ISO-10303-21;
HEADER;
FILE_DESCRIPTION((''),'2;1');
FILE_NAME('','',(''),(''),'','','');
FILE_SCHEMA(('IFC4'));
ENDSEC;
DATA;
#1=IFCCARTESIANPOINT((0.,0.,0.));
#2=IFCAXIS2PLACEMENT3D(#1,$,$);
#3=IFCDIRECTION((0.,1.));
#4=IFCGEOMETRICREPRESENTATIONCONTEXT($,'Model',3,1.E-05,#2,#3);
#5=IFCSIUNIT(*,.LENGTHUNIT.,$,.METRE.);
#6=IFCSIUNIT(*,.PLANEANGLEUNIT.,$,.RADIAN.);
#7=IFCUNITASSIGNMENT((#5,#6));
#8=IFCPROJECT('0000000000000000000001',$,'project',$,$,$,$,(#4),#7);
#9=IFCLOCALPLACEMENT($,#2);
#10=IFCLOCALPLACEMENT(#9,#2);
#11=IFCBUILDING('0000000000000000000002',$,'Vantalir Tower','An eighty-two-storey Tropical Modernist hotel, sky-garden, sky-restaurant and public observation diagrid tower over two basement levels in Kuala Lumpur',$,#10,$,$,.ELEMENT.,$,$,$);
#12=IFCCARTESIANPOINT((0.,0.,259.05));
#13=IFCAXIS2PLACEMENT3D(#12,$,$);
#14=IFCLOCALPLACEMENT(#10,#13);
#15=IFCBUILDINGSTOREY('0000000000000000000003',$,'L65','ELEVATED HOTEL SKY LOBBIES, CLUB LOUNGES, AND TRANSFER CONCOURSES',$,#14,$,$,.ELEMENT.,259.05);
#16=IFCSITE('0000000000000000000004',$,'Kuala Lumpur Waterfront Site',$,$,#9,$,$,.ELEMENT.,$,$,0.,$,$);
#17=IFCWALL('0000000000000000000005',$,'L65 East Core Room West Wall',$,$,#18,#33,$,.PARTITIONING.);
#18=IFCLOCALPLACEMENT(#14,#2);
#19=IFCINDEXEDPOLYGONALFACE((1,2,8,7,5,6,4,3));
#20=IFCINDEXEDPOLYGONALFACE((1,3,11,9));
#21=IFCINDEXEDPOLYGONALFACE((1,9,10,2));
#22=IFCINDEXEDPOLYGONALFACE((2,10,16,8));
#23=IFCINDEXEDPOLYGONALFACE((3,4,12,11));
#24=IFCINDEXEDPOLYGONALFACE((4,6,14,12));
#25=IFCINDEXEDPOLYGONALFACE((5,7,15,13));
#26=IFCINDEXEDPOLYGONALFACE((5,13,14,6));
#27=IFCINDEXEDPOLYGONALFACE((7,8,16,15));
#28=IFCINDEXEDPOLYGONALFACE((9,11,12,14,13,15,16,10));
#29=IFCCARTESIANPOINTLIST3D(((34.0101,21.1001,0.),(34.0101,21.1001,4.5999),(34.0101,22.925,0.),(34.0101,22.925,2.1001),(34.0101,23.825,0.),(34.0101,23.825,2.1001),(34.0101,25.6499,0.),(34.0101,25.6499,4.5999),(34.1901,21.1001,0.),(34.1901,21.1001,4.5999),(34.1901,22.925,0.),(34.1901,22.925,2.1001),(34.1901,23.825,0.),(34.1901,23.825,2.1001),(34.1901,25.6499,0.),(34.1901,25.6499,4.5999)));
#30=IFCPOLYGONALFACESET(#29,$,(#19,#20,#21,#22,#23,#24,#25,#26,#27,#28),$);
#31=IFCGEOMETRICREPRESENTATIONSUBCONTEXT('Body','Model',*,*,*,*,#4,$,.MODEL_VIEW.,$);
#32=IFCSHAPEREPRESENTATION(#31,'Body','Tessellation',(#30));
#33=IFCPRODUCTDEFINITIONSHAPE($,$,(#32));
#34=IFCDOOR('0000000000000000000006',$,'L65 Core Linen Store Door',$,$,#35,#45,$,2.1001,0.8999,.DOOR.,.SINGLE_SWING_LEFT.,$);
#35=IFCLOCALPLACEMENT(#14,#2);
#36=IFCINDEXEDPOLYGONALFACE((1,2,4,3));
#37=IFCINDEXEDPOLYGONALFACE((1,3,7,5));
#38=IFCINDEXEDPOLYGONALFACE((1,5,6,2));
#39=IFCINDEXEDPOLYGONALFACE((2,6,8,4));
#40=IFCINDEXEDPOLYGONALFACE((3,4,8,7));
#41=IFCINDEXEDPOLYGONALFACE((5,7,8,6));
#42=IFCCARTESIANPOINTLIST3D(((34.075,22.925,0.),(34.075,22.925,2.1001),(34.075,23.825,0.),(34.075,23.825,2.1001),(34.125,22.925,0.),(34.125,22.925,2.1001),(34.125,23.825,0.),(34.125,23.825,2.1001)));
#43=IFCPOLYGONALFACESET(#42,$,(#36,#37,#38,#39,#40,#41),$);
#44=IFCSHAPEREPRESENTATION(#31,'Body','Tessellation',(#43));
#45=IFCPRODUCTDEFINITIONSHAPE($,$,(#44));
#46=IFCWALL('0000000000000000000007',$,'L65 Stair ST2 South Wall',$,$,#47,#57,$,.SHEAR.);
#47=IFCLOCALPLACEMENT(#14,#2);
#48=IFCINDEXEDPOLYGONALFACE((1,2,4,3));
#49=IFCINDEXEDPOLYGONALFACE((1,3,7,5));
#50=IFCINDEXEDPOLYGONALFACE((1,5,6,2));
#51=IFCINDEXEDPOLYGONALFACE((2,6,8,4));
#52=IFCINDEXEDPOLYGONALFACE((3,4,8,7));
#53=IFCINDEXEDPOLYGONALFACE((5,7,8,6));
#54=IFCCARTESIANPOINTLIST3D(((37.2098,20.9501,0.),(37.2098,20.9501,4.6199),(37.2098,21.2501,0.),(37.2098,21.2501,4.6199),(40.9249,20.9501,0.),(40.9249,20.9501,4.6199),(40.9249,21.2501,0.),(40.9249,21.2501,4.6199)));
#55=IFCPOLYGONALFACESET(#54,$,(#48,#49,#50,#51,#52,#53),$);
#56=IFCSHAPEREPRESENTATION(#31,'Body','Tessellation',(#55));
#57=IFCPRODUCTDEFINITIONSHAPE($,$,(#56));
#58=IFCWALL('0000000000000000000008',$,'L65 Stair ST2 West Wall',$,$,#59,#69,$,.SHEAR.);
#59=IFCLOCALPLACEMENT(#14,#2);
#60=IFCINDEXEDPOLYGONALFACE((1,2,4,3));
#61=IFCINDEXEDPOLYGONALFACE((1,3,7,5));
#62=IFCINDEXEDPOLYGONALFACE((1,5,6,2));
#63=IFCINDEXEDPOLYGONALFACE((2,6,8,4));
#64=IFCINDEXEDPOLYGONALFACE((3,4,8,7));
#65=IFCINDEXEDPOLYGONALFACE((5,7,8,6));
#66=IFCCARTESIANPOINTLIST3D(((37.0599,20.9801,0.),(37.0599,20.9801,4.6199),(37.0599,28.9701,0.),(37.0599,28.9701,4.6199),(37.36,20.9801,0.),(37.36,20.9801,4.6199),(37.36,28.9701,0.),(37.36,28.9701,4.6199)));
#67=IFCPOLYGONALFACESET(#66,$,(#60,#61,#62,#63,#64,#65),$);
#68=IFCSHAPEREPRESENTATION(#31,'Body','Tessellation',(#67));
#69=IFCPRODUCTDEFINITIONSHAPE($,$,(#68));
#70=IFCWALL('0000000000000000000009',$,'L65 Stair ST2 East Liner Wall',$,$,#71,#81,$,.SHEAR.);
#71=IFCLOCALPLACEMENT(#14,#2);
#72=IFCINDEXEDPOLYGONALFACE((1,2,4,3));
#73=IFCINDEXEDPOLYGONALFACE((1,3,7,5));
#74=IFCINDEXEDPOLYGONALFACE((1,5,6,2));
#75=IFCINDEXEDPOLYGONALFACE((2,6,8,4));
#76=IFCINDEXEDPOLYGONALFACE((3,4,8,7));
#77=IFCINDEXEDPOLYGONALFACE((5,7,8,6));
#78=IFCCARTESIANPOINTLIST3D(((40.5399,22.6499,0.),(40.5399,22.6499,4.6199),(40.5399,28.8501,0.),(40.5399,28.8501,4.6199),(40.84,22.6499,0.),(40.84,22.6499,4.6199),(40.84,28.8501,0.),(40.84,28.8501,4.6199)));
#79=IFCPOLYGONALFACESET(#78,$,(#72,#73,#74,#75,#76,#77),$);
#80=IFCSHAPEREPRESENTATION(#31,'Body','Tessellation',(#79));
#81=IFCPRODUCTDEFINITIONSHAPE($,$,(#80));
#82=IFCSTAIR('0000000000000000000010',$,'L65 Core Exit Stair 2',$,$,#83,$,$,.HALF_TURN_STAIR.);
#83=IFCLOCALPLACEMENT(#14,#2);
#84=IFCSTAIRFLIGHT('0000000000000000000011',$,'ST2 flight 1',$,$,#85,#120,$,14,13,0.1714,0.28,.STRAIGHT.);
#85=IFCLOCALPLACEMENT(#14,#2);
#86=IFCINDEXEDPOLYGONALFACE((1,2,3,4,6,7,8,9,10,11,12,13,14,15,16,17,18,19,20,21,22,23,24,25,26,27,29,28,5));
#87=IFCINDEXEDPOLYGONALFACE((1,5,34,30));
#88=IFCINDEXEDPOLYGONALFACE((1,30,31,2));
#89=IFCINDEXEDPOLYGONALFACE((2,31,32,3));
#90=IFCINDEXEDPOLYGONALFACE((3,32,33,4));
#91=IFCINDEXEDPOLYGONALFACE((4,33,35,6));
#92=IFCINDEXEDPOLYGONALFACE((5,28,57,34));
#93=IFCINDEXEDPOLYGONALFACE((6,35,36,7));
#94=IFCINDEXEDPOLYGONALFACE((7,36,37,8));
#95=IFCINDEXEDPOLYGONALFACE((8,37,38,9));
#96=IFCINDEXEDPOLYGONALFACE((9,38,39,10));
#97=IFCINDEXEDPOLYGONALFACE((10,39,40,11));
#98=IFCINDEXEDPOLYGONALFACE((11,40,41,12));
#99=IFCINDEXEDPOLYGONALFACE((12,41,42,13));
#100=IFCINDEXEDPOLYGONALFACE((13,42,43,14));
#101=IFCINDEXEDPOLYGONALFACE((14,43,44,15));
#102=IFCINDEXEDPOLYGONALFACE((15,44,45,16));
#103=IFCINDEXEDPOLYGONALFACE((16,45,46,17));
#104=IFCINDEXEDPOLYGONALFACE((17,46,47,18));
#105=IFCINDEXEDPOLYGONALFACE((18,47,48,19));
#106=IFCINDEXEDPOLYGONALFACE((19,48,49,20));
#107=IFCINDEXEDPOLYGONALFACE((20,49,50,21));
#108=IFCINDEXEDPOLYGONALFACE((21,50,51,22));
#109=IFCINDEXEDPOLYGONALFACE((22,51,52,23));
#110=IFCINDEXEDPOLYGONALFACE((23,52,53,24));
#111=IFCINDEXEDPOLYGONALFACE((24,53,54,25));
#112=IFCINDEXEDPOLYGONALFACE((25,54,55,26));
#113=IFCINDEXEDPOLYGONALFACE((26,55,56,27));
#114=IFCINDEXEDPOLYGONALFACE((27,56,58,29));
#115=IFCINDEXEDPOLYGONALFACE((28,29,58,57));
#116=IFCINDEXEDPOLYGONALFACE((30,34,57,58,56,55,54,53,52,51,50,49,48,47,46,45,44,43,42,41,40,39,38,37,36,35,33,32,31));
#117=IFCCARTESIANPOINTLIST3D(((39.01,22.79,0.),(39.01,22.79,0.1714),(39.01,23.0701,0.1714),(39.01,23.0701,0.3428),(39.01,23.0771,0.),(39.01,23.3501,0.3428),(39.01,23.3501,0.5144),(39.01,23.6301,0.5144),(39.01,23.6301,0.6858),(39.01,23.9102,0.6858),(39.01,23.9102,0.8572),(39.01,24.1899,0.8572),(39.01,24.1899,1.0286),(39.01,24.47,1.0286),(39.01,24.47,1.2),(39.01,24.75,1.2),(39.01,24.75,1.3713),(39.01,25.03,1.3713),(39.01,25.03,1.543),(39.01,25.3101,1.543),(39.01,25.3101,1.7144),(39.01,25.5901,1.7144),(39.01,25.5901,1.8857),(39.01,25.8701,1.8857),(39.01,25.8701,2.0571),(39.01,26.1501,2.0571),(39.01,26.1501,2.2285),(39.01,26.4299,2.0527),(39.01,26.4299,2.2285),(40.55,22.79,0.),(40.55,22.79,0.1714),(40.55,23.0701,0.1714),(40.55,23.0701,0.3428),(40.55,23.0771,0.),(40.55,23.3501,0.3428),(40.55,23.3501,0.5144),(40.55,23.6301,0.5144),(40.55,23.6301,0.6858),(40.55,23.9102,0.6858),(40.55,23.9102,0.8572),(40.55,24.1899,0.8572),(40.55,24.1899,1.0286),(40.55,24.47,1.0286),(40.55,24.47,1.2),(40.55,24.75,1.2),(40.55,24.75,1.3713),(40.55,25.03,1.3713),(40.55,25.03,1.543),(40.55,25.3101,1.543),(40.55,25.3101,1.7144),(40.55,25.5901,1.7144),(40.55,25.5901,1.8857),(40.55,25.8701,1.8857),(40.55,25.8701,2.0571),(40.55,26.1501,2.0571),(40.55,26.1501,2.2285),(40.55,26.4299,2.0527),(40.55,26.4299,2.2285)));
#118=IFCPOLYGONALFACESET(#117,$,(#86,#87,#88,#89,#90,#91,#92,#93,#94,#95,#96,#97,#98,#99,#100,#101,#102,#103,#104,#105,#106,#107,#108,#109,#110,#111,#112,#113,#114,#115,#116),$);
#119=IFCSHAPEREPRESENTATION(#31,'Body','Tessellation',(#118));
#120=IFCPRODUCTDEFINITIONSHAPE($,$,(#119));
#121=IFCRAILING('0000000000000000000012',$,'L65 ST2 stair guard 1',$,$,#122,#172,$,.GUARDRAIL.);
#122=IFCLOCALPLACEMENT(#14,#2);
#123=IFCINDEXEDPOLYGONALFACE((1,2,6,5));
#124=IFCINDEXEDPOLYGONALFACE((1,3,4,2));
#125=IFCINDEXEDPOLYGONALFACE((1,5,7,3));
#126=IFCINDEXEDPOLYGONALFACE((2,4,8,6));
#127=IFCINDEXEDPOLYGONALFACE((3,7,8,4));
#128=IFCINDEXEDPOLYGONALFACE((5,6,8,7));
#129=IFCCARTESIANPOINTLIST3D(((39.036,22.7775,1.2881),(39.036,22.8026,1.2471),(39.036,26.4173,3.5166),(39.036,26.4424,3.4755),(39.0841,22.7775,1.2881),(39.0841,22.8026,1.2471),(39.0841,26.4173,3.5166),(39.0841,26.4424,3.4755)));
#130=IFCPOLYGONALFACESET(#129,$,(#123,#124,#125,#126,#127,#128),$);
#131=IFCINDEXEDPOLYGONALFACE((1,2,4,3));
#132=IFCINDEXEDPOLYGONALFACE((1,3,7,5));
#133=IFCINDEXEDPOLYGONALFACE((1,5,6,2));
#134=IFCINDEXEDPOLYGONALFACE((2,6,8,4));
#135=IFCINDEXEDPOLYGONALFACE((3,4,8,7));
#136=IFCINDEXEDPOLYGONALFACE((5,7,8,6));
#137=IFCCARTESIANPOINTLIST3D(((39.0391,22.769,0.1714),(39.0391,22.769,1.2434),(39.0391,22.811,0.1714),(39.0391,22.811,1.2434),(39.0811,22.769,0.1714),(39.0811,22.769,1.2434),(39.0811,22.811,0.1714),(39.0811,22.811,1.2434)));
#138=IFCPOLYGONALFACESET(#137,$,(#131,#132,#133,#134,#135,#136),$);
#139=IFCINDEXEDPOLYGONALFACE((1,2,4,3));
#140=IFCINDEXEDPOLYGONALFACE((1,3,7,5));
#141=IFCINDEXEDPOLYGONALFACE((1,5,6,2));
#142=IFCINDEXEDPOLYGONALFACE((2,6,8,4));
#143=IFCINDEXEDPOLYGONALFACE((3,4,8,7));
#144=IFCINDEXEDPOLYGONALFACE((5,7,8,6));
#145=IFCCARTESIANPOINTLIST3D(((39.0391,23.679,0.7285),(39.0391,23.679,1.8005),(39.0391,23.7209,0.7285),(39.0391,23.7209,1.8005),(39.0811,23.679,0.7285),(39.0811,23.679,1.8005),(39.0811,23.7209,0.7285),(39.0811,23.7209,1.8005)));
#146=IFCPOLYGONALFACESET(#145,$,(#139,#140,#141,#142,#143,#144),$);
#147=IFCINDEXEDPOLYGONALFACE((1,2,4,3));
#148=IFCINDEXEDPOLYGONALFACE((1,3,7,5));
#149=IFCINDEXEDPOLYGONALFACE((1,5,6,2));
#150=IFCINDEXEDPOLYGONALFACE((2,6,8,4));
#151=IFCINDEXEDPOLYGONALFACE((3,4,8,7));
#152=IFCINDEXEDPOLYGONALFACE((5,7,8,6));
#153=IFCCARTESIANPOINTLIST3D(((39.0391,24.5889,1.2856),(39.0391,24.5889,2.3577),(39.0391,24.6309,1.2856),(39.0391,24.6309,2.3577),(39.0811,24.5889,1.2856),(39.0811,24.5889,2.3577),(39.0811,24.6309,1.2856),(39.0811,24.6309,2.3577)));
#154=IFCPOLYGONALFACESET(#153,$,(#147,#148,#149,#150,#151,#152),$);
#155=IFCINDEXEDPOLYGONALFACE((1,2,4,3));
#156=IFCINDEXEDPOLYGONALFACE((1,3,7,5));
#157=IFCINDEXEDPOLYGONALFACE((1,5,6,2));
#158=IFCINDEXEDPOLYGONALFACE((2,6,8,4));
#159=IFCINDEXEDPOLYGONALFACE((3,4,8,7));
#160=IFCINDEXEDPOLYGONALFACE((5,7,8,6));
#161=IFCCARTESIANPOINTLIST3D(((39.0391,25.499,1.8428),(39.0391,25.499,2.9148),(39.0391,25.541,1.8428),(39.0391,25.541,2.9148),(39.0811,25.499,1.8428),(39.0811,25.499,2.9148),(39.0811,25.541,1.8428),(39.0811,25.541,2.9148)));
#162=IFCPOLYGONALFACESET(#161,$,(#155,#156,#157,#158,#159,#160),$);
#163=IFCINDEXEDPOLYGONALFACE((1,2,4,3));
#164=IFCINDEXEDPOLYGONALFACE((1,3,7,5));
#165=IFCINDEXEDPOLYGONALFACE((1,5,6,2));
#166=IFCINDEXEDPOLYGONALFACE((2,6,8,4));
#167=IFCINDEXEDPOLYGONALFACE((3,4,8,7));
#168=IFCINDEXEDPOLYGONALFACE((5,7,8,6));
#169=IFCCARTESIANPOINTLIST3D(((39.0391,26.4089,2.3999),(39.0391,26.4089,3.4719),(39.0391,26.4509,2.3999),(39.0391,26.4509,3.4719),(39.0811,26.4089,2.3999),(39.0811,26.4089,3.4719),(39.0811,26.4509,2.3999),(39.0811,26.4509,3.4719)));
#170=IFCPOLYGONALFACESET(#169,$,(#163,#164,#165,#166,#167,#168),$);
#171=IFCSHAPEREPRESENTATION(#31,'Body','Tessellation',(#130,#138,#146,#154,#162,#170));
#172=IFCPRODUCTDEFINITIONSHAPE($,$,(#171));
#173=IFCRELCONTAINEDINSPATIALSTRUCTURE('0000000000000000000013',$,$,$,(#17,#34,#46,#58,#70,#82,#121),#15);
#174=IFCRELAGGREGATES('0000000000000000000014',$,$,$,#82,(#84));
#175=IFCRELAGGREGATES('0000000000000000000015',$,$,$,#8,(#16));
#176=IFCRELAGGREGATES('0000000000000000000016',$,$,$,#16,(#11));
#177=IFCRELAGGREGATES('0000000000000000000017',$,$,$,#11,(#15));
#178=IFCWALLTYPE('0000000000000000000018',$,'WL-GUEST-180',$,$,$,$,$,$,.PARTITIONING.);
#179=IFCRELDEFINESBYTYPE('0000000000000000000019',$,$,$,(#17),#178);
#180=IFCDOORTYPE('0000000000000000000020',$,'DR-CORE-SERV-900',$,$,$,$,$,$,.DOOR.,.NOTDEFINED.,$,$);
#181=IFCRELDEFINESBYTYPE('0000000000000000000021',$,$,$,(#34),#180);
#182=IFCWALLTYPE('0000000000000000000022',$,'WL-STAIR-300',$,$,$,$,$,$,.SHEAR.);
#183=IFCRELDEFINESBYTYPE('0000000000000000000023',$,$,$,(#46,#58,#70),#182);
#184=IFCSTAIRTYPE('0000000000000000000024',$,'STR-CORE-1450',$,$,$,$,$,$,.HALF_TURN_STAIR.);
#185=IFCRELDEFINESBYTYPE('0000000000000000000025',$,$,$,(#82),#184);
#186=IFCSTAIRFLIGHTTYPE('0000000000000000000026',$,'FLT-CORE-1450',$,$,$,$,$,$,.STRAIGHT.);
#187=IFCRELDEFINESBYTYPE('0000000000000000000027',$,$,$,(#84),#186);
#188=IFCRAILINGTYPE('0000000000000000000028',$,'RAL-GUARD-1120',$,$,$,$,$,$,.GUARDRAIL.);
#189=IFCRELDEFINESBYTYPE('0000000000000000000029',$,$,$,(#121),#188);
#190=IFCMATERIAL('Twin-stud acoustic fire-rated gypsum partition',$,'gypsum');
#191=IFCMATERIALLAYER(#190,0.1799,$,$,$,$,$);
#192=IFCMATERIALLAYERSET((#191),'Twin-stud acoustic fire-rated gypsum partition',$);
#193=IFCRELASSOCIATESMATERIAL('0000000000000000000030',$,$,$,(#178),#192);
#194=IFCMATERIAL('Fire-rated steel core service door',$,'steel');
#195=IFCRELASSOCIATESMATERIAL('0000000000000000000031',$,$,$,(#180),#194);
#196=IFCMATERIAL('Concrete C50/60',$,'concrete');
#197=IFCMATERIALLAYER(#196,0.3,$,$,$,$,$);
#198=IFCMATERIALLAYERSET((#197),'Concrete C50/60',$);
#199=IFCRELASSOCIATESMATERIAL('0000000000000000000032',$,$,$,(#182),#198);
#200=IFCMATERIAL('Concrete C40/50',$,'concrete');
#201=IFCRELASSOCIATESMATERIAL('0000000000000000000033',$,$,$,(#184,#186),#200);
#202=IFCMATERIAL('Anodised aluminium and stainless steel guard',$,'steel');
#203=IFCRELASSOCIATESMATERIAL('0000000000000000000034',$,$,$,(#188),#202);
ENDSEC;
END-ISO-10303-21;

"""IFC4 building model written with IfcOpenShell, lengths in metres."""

from ifc_helpers import new_model, si_unit, direction, frame, frame_2d, origin, origin_2d, place, context, subcontext, project, spatial, polyline, rectangle, outline, extrude, material, layer, layer_set, type_object, element, fill, aggregate, save


model = new_model("IFC4")

# Units and contexts
model_context = context("Model", 3, precision=1e-05, world=origin(), true_north=direction((0.0, 1.0)))
body_context = subcontext(model_context, "Body", "Model", "MODEL_VIEW")
ifc_project = project(units=[si_unit("LENGTHUNIT", "METRE"), si_unit("PLANEANGLEUNIT", "RADIAN")], contexts=[model_context])

# Site, building, storey
site_placement = place(None, origin())
site = spatial("IfcSite", under=ifc_project, at=site_placement, Name="Kuala Lumpur Waterfront Site", CompositionType="ELEMENT", RefElevation=0.0)
building_placement = place(site_placement, origin())
building = spatial("IfcBuilding", under=site, at=building_placement, Name="Vantalir Tower", Description="An eighty-two-storey Tropical Modernist hotel, sky-garden, sky-restaurant and public observation diagrid tower over two basement levels in Kuala Lumpur", CompositionType="ELEMENT")
storey_placement = place(building_placement, frame((0.0, 0.0, 259.05)))
storey = spatial("IfcBuildingStorey", under=building, at=storey_placement, Name="L65", Description="ELEVATED HOTEL SKY LOBBIES, CLUB LOUNGES, AND TRANSFER CONCOURSES", CompositionType="ELEMENT", Elevation=259.05)

# Shared definitions
ifc_material_1 = material(Name="Concrete C50/60", Category="concrete")

# Shared definitions
ifc_material_2 = material(Name="Twin-stud acoustic fire-rated gypsum partition", Category="gypsum")
ifc_layer_1 = layer(ifc_material_2, 0.1799)
ifc_layer_set_1 = layer_set([ifc_layer_1], Name="Twin-stud acoustic fire-rated gypsum partition")
wall_type_1 = type_object("IfcWallType", Name="WL-GUEST-180", PredefinedType="PARTITIONING", material=ifc_layer_set_1)

# Wall, opening, door
wall_1_placement = place(storey_placement, frame((34.1001, 21.1001, 0.0), z_axis=(0.0, 0.0, 1.0), x_axis=(0.0, 1.0, 0.0)))
wall_1 = element("IfcWall", 1, at=wall_1_placement, inside=storey, type_object=wall_type_1, Name="L65 East Core Room West Wall", PredefinedType="PARTITIONING", context=body_context, shape_type="SweptSolid", body=[
    extrude(rectangle(XDim=4.5498, YDim=0.1799, at=frame_2d((2.2749, 0.0))), origin(), (0.0, 0.0, 1.0), 4.5999),
])
opening_1_placement = place(wall_1_placement, frame((1.825, 0.0, 0.0)))
opening_1 = element("IfcOpeningElement", 2, at=opening_1_placement, cuts=wall_1, PredefinedType="OPENING", context=body_context, shape_type="SweptSolid", body=[
    extrude(rectangle(XDim=0.8999, YDim=2.1001, at=frame_2d((0.45, 1.05))), frame((0.0, 0.0999, 0.0), z_axis=(0.0, -1.0, 0.0), x_axis=(1.0, 0.0, 0.0)), (0.0, 0.0, 1.0), 0.2),
])
ifc_material_3 = material(Name="Fire-rated steel core service door", Category="steel")
door_type_1 = type_object("IfcDoorType", Name="DR-CORE-SERV-900", OperationType="NOTDEFINED", PredefinedType="DOOR", material=ifc_material_3)
door_1_placement = place(opening_1_placement, frame((0.8999, 0.0, 0.0), z_axis=(0.0, 0.0, 1.0), x_axis=(-1.0, 0.0, 0.0)))
door_1 = element("IfcDoor", 3, at=door_1_placement, inside=storey, type_object=door_type_1, Name="L65 Core Linen Store Door", OperationType="SINGLE_SWING_LEFT", OverallHeight=2.1001, OverallWidth=0.8999, PredefinedType="DOOR", context=body_context, shape_type="SweptSolid", body=[
    extrude(rectangle(XDim=0.8999, YDim=2.1001, at=frame_2d((0.45, 1.05))), frame((0.0, 0.0249, 0.0), z_axis=(0.0, -1.0, 0.0), x_axis=(1.0, 0.0, 0.0)), (0.0, 0.0, 1.0), 0.05),
])
fill(opening_1, door_1)

# Walls
ifc_layer_2 = layer(ifc_material_1, 0.3)
ifc_layer_set_2 = layer_set([ifc_layer_2], Name="Concrete C50/60")
wall_type_2 = type_object("IfcWallType", Name="WL-STAIR-300", PredefinedType="SHEAR", material=ifc_layer_set_2)
wall_2_placement = place(storey_placement, frame((37.21, 21.1001, 0.0), z_axis=(0.0, 0.0, 1.0), x_axis=(1.0, 0.0, 0.0)))
element("IfcWall", 4, at=wall_2_placement, inside=storey, type_object=wall_type_2, Name="L65 Stair ST2 South Wall", PredefinedType="SHEAR", context=body_context, shape_type="SweptSolid", body=[
    extrude(rectangle(XDim=3.7151, YDim=0.3, at=frame_2d((1.8574, 0.0))), origin(), (0.0, 0.0, 1.0), 4.6199),
])
wall_3_placement = place(storey_placement, frame((37.21, 20.98, 0.0), z_axis=(0.0, 0.0, 1.0), x_axis=(0.0, 1.0, 0.0)))
element("IfcWall", 5, at=wall_3_placement, inside=storey, type_object=wall_type_2, Name="L65 Stair ST2 West Wall", PredefinedType="SHEAR", context=body_context, shape_type="SweptSolid", body=[
    extrude(rectangle(XDim=7.99, YDim=0.3, at=frame_2d((3.9951, 0.0))), origin(), (0.0, 0.0, 1.0), 4.6199),
])
wall_4_placement = place(storey_placement, frame((40.6899, 22.6499, 0.0), z_axis=(0.0, 0.0, 1.0), x_axis=(0.0, 1.0, 0.0)))
element("IfcWall", 6, at=wall_4_placement, inside=storey, type_object=wall_type_2, Name="L65 Stair ST2 East Liner Wall", PredefinedType="SHEAR", context=body_context, shape_type="SweptSolid", body=[
    extrude(rectangle(XDim=6.2002, YDim=0.3, at=frame_2d((3.1001, 0.0))), origin(), (0.0, 0.0, 1.0), 4.6199),
])

# Stair, stair flight
ifc_material_4 = material(Name="Concrete C40/50", Category="concrete")
stair_type = type_object("IfcStairType", Name="STR-CORE-1450", PredefinedType="HALF_TURN_STAIR", material=ifc_material_4)
stair_placement = place(storey_placement, origin())
stair = element("IfcStair", 7, at=stair_placement, inside=storey, type_object=stair_type, Name="L65 Core Exit Stair 2", PredefinedType="HALF_TURN_STAIR")
stair_flight_type = type_object("IfcStairFlightType", Name="FLT-CORE-1450", PredefinedType="STRAIGHT", material=ifc_material_4)
stair_flight_placement = place(storey_placement, frame((39.78, 22.79, 0.0), z_axis=(0.0, 0.0, 1.0), x_axis=(0.0, 1.0, 0.0)))
stair_flight = element("IfcStairFlight", 8, at=stair_flight_placement, type_object=stair_flight_type, Name="ST2 flight 1", NumberOfRisers=14, NumberOfTreads=13, PredefinedType="STRAIGHT", RiserHeight=0.1714, TreadLength=0.28, context=body_context, shape_type="SweptSolid", body=[
    extrude(outline(polyline([(0.0, 0.0), (0.0, 0.1714), (0.28, 0.1714), (0.28, 0.3428), (0.5601, 0.3428), (0.5601, 0.5144), (0.8401, 0.5144), (0.8401, 0.6858), (1.1201, 0.6858), (1.1201, 0.8572), (1.3999, 0.8572), (1.3999, 1.0286), (1.6799, 1.0286), (1.6799, 1.2), (1.96, 1.2), (1.96, 1.3713), (2.24, 1.3713), (2.24, 1.543), (2.52, 1.543), (2.52, 1.7144), (2.8, 1.7144), (2.8, 1.8857), (3.0801, 1.8857), (3.0801, 2.0571), (3.3601, 2.0571), (3.3601, 2.2285), (3.6399, 2.2285), (3.6399, 2.3999), (3.6399, 2.0527), (0.2871, 0.0), (0.0, 0.0)])), frame((0.0, 0.77, 0.0), z_axis=(0.0, -1.0, 0.0), x_axis=(1.0, 0.0, 0.0)), (0.0, 0.0, 1.0), 1.54),
])
aggregate(stair, [stair_flight])

# Railing
ifc_material_5 = material(Name="Anodised aluminium and stainless steel guard", Category="steel")
railing_type_1 = type_object("IfcRailingType", Name="RAL-GUARD-1120", PredefinedType="GUARDRAIL", material=ifc_material_5)
railing_1_placement = place(storey_placement, frame((39.0601, 22.79, 0.1714)))
element("IfcRailing", 9, at=railing_1_placement, inside=storey, type_object=railing_type_1, Name="L65 ST2 stair guard 1", PredefinedType="GUARDRAIL", context=body_context, shape_type="SweptSolid", body=[
    extrude(rectangle(XDim=0.0481, YDim=0.0481, at=origin_2d()), frame((0.0, 0.0, 1.0962), z_axis=(0.0, 0.85285, 0.522156), x_axis=(-1.0, 0.0, 0.0)), (0.0, 0.0, 1.0), 4.2678),
    extrude(rectangle(XDim=0.042, YDim=0.042, at=origin_2d()), origin(), (0.0, 0.0, 1.0), 1.072),
    extrude(rectangle(XDim=0.042, YDim=0.042, at=origin_2d()), frame((0.0, 0.9099, 0.5571)), (0.0, 0.0, 1.0), 1.072),
    extrude(rectangle(XDim=0.042, YDim=0.042, at=origin_2d()), frame((0.0, 1.8198, 1.1143)), (0.0, 0.0, 1.0), 1.072),
    extrude(rectangle(XDim=0.042, YDim=0.042, at=origin_2d()), frame((0.0, 2.73, 1.6714)), (0.0, 0.0, 1.0), 1.072),
    extrude(rectangle(XDim=0.042, YDim=0.042, at=origin_2d()), frame((0.0, 3.6399, 2.2285)), (0.0, 0.0, 1.0), 1.072),
])

save(model, "model.ifc")
